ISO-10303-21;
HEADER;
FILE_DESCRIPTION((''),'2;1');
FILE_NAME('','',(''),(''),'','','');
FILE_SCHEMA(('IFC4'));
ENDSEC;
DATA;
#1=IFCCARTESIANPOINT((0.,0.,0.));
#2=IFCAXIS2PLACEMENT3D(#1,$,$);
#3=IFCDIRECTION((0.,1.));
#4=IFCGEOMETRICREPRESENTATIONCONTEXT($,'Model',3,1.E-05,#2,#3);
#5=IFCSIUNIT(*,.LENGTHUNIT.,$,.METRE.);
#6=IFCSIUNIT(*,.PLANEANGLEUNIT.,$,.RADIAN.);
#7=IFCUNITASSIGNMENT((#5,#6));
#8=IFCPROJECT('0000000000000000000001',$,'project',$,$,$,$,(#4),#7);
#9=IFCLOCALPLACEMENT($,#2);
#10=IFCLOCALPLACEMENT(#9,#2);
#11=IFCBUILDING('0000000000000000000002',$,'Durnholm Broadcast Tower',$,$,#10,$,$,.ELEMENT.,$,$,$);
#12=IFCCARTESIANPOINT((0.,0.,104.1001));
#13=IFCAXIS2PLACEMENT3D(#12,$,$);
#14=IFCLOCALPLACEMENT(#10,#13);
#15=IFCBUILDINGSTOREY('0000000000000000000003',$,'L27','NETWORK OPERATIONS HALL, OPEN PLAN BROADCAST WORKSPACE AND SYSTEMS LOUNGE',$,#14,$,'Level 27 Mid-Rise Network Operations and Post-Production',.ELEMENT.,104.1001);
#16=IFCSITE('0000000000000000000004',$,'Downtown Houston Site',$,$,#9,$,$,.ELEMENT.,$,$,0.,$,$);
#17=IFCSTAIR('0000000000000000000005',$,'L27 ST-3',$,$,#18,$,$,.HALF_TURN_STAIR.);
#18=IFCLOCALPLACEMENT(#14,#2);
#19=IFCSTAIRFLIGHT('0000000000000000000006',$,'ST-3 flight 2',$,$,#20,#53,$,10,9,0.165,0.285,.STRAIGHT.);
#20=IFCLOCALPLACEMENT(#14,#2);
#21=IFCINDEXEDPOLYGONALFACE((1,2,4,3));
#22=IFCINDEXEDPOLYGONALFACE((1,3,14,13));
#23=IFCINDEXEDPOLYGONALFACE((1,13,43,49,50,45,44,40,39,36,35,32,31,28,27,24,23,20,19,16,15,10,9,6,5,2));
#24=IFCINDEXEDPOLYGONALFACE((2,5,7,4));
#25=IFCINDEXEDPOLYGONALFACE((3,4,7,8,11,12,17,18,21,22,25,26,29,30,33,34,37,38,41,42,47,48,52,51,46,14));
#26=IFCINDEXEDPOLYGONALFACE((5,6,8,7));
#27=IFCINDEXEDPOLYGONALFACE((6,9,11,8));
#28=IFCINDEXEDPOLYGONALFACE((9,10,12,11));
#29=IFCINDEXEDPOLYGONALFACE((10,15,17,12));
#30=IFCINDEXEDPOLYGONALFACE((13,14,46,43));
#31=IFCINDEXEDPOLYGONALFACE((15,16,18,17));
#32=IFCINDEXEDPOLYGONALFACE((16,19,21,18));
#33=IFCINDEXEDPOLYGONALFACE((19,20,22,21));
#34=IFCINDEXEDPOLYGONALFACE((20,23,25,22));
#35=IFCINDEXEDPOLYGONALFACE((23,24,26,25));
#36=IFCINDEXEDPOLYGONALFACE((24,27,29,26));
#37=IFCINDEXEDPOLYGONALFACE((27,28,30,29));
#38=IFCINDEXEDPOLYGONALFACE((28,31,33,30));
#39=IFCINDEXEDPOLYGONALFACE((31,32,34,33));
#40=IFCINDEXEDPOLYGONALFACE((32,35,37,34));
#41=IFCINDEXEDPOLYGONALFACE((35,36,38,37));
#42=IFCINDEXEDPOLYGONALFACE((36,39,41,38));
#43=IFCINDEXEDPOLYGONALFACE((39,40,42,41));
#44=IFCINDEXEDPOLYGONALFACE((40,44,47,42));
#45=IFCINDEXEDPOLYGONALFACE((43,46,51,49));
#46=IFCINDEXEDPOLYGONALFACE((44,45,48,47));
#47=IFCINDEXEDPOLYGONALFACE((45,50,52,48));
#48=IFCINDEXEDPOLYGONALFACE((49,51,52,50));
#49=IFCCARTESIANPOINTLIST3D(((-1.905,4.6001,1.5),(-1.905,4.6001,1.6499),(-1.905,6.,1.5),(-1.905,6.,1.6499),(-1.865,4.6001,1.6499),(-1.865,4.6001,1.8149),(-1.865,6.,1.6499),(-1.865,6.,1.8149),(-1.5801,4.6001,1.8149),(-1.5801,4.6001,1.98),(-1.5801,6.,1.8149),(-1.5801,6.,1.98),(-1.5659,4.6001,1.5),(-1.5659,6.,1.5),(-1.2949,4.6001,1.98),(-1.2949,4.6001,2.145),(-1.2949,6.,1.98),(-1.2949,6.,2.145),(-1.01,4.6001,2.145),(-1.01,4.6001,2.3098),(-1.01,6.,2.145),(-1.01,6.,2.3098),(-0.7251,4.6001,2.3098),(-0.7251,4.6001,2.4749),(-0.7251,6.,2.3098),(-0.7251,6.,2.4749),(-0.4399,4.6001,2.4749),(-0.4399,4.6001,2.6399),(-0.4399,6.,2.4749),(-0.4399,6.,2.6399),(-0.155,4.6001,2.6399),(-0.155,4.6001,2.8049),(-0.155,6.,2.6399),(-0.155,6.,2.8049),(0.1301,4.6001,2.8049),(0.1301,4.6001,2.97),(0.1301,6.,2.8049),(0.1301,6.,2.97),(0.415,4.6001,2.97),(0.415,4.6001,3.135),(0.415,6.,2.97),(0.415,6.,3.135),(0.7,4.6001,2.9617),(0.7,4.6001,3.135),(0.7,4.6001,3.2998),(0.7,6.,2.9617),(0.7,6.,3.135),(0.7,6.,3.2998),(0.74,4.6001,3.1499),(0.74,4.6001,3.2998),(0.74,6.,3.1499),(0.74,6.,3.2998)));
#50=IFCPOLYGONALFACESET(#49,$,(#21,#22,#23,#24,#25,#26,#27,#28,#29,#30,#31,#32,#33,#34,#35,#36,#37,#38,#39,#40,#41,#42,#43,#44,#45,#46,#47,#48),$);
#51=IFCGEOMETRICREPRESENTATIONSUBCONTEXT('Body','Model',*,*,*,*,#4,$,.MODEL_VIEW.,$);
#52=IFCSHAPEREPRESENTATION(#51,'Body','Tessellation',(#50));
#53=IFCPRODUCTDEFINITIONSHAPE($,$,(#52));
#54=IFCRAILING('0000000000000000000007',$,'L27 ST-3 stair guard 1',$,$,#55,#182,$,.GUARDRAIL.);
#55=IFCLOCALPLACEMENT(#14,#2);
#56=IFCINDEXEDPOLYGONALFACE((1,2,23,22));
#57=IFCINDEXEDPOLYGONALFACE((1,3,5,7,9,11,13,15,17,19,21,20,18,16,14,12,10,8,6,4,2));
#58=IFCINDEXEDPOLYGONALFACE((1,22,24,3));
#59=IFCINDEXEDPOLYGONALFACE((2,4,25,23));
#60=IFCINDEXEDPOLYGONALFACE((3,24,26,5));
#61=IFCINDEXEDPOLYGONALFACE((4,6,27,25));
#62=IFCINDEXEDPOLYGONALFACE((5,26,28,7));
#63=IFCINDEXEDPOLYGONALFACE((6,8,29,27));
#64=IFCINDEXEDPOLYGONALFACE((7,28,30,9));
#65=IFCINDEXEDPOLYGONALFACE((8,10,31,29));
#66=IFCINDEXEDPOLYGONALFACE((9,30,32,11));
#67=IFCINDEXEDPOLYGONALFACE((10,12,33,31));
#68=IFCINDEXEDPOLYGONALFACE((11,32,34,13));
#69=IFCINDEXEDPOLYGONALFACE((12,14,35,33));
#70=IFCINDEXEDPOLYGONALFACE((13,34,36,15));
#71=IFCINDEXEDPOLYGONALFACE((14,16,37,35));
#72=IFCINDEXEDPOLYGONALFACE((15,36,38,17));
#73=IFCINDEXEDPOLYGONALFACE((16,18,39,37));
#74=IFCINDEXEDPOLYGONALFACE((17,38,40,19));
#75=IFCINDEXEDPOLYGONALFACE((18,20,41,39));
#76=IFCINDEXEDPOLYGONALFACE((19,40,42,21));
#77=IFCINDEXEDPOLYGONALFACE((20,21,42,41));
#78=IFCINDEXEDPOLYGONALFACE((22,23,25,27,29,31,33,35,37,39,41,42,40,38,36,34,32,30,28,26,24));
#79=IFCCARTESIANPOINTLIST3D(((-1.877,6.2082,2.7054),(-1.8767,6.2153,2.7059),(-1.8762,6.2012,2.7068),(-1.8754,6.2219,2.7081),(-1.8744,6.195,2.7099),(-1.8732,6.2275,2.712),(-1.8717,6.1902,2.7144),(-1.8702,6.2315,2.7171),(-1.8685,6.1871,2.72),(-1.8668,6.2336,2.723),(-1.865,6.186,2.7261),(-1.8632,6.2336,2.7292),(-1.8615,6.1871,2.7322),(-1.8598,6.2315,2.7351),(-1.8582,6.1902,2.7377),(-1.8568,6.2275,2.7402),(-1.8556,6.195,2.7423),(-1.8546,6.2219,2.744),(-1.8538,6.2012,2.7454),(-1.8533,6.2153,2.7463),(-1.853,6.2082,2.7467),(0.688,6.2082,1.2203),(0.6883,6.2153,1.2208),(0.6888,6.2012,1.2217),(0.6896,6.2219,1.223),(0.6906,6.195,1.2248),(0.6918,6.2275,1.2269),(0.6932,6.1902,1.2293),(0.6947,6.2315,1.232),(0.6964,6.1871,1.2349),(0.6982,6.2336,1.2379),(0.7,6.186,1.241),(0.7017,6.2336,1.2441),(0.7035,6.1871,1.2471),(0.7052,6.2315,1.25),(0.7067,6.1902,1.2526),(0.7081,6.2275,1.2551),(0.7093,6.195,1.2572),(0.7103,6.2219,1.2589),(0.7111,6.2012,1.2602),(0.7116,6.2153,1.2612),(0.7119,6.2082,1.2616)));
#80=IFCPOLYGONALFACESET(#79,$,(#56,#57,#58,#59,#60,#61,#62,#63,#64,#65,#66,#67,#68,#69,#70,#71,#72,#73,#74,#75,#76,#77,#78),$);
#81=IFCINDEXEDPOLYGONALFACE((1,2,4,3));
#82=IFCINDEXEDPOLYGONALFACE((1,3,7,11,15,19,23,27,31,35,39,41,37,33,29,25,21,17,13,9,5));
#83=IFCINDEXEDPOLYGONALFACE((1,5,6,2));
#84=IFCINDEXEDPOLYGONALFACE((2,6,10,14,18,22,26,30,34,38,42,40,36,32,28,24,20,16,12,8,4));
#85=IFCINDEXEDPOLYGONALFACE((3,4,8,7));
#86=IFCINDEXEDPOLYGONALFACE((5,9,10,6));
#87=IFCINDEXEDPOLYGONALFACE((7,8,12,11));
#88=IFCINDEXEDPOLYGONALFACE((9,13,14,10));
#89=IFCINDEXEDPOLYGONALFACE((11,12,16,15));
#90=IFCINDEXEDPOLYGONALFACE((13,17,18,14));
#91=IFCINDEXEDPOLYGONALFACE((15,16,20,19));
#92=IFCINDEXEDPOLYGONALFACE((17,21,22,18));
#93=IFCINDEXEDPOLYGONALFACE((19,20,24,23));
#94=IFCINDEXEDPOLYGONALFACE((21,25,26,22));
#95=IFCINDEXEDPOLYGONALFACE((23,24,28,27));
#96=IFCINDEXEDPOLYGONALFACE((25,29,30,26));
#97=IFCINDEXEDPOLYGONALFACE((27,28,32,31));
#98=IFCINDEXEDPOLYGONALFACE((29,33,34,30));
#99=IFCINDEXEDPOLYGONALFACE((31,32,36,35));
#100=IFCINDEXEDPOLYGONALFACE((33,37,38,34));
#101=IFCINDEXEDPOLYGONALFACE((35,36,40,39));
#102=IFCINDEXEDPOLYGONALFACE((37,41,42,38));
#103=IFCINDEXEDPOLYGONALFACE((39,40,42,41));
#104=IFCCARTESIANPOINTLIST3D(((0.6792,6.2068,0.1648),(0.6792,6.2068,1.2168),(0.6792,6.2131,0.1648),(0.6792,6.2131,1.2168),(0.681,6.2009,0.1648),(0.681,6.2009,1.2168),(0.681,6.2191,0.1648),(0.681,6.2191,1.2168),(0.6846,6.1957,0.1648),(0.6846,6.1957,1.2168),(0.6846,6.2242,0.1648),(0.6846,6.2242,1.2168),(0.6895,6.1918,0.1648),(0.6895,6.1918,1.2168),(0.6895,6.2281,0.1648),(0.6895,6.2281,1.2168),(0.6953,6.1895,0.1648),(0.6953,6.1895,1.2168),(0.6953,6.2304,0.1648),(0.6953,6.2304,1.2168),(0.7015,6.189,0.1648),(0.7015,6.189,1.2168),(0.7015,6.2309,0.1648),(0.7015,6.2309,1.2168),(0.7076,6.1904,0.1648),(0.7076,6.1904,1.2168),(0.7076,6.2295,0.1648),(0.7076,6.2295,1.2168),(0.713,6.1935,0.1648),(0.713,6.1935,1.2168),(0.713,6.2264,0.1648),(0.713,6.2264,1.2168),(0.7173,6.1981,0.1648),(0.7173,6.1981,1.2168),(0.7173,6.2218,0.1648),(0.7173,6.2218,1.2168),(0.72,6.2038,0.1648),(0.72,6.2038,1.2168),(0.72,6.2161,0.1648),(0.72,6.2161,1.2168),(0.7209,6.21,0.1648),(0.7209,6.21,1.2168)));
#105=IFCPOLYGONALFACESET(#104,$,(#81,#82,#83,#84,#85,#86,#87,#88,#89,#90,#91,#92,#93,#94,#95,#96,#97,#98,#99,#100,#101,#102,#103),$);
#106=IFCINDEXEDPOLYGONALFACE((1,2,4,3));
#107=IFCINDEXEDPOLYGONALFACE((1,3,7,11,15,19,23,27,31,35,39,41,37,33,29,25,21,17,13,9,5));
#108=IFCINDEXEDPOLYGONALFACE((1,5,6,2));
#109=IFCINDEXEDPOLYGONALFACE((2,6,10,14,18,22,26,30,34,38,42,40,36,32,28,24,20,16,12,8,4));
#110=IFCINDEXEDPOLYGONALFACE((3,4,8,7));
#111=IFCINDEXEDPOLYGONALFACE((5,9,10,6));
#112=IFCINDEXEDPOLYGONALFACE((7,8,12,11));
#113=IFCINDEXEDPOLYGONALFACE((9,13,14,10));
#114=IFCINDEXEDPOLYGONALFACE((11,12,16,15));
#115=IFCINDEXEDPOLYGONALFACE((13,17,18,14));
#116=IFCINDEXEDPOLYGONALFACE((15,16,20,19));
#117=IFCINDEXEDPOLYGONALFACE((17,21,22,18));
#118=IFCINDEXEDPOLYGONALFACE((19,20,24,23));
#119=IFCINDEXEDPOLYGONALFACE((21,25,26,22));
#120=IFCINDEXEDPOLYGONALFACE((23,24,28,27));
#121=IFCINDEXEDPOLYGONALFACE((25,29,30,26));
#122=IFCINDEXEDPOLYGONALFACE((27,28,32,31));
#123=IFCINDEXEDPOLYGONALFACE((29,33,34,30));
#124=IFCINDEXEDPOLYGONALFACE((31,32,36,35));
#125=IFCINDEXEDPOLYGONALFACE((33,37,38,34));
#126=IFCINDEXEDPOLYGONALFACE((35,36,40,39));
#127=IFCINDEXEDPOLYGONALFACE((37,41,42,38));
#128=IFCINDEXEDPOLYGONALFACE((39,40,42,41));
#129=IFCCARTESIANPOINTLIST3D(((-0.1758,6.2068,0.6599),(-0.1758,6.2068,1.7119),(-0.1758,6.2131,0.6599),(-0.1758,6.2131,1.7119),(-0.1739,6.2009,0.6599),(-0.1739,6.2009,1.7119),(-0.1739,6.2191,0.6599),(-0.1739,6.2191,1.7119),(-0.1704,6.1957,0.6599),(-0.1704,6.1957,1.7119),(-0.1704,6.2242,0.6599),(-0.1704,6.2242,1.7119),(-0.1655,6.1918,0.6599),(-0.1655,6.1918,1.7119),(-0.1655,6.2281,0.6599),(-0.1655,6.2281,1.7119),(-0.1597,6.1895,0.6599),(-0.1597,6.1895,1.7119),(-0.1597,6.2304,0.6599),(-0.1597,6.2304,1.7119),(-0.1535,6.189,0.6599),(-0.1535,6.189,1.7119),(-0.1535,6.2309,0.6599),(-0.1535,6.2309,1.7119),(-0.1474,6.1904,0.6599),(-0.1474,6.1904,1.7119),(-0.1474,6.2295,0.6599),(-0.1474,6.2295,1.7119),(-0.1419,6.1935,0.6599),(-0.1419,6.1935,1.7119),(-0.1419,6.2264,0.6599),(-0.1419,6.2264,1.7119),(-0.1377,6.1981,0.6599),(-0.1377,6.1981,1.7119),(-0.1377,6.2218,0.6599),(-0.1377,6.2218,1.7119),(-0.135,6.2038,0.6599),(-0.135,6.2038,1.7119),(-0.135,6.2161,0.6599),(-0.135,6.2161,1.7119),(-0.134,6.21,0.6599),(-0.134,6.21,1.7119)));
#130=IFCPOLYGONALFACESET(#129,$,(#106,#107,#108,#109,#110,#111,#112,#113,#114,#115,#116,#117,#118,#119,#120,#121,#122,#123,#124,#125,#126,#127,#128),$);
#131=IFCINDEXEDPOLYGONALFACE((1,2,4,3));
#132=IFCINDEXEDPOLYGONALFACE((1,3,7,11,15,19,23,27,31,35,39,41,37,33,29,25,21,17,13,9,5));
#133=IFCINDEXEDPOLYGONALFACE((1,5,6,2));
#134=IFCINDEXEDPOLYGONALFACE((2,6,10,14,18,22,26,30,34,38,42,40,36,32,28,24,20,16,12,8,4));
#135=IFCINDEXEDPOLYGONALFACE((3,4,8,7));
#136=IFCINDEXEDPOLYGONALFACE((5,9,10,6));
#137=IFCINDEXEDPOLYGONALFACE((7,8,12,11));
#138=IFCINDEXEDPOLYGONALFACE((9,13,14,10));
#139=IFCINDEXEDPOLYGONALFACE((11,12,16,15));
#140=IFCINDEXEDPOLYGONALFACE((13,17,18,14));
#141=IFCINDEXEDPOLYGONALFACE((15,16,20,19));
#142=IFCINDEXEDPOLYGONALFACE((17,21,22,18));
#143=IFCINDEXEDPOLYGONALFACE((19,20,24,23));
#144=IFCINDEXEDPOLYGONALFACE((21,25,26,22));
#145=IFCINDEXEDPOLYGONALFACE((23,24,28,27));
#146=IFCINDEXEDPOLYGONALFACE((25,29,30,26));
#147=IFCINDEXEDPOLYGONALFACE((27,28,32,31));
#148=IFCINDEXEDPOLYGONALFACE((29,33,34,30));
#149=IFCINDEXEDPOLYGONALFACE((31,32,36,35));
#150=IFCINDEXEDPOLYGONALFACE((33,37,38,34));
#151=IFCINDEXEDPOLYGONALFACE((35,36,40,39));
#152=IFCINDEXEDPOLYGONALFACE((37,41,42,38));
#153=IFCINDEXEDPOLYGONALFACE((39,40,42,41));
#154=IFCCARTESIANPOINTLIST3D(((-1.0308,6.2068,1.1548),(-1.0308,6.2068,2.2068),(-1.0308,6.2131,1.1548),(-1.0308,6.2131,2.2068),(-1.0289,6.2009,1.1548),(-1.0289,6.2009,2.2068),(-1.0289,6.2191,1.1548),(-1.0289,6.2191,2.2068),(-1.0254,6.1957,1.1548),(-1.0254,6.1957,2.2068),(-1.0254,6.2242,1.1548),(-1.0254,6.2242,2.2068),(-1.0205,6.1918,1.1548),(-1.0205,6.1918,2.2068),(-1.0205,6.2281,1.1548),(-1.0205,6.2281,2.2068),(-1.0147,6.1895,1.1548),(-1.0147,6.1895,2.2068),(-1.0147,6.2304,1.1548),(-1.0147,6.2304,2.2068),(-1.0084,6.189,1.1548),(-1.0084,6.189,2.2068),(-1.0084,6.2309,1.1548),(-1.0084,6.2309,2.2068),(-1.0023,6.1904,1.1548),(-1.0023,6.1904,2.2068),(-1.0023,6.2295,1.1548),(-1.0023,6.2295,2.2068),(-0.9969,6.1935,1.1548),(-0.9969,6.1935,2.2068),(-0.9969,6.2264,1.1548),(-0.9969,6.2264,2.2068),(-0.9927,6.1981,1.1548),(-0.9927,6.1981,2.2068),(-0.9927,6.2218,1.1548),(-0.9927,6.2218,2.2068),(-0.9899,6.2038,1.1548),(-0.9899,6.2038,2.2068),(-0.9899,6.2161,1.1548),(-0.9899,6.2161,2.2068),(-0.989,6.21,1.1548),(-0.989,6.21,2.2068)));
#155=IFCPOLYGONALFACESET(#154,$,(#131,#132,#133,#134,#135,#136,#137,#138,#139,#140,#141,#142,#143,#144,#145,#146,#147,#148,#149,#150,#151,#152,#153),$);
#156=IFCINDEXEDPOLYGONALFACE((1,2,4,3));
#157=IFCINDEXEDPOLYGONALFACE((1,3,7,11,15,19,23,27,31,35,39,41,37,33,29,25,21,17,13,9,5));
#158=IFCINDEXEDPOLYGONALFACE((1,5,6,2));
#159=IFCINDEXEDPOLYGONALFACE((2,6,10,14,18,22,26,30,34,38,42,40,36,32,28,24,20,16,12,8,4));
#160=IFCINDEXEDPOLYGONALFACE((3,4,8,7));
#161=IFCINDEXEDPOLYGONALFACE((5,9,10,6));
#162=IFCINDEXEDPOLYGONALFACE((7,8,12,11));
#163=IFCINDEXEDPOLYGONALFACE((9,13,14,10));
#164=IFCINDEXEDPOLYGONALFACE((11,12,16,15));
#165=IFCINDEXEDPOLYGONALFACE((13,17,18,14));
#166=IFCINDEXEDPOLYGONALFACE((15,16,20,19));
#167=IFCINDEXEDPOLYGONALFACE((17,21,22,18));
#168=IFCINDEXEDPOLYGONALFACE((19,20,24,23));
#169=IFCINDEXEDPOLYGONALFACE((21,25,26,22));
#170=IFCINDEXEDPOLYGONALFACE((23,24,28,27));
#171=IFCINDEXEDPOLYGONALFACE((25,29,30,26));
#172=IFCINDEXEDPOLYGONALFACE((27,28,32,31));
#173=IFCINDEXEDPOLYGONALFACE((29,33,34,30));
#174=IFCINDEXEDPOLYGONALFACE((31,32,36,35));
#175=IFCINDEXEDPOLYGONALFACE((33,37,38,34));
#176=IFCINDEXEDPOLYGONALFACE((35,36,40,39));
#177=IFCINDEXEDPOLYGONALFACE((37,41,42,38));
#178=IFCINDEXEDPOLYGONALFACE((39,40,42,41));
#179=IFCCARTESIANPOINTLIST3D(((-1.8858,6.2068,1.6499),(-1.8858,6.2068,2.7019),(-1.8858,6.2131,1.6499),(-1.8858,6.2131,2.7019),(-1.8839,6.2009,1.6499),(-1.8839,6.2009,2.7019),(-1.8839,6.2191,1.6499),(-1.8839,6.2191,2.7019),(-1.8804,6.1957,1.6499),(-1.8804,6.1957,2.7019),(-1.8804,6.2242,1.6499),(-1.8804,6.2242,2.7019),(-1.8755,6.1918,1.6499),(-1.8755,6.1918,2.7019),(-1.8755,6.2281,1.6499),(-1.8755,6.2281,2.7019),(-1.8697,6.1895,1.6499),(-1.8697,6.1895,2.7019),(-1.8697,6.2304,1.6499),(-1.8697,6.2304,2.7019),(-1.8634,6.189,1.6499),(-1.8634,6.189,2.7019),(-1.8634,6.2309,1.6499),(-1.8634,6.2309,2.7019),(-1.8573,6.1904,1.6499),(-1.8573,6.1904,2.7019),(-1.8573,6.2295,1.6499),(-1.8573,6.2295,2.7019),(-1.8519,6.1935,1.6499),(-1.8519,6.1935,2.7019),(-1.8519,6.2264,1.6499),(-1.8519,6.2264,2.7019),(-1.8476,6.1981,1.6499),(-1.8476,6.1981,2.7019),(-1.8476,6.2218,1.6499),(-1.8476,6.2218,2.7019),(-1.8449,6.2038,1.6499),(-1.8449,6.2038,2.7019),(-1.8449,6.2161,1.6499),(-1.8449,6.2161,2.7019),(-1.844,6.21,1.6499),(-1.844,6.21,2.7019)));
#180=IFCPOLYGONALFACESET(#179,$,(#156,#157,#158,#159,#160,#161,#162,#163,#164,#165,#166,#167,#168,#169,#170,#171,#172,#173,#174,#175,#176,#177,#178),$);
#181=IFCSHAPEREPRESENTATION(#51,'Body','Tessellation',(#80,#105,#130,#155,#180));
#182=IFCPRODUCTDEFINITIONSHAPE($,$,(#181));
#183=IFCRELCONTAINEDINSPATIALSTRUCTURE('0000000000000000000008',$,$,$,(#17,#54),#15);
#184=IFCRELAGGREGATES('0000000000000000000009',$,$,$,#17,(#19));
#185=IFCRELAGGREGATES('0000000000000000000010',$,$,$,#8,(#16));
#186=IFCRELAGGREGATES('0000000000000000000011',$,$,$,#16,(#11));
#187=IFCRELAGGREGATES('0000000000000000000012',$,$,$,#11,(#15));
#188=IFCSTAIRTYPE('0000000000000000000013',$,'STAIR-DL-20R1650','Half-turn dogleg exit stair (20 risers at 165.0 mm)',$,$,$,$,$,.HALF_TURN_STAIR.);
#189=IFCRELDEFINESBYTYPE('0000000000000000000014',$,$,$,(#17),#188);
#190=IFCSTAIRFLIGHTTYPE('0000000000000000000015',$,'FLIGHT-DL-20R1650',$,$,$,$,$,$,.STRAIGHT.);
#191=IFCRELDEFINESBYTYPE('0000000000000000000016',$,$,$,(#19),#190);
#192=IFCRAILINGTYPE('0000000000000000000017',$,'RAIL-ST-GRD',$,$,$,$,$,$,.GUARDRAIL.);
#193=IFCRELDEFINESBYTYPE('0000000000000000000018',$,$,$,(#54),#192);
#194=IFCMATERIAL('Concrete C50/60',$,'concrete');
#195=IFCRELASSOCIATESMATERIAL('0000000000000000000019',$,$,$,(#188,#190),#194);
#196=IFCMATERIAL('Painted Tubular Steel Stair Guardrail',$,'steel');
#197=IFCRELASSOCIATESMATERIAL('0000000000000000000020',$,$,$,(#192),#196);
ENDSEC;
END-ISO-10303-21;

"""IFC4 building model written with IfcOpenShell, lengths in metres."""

from ifc_helpers import new_model, si_unit, direction, frame, origin, origin_2d, place, context, subcontext, project, spatial, polyline, circle, outline, extrude, material, type_object, element, aggregate, save


model = new_model("IFC4")

# Units and contexts
model_context = context("Model", 3, precision=1e-05, world=origin(), true_north=direction((0.0, 1.0)))
body_context = subcontext(model_context, "Body", "Model", "MODEL_VIEW")
ifc_project = project(units=[si_unit("LENGTHUNIT", "METRE"), si_unit("PLANEANGLEUNIT", "RADIAN")], contexts=[model_context])

# Site, building, storey
site_placement = place(None, origin())
site = spatial("IfcSite", under=ifc_project, at=site_placement, Name="Downtown Houston Site", CompositionType="ELEMENT", RefElevation=0.0)
building_placement = place(site_placement, origin())
building = spatial("IfcBuilding", under=site, at=building_placement, Name="Durnholm Broadcast Tower", CompositionType="ELEMENT")
storey_placement = place(building_placement, frame((0.0, 0.0, 104.1001)))
storey = spatial("IfcBuildingStorey", under=building, at=storey_placement, Name="L27", Description="NETWORK OPERATIONS HALL, OPEN PLAN BROADCAST WORKSPACE AND SYSTEMS LOUNGE", LongName="Level 27 Mid-Rise Network Operations and Post-Production", CompositionType="ELEMENT", Elevation=104.1001)

# Shared definitions
ifc_material_1 = material(Name="Concrete C50/60", Category="concrete")

# Stair, stair flight
stair_type = type_object("IfcStairType", Name="STAIR-DL-20R1650", Description="Half-turn dogleg exit stair (20 risers at 165.0 mm)", PredefinedType="HALF_TURN_STAIR", material=ifc_material_1)
stair_placement = place(storey_placement, origin())
stair = element("IfcStair", 1, at=stair_placement, inside=storey, type_object=stair_type, Name="L27 ST-3", PredefinedType="HALF_TURN_STAIR")
stair_flight_type = type_object("IfcStairFlightType", Name="FLIGHT-DL-20R1650", PredefinedType="STRAIGHT", material=ifc_material_1)
stair_flight_1_placement = place(storey_placement, frame((-1.865, 5.3, 1.6499), z_axis=(0.0, 0.0, 1.0), x_axis=(1.0, 0.0, 0.0)))
stair_flight_1 = element("IfcStairFlight", 2, at=stair_flight_1_placement, type_object=stair_flight_type, Name="ST-3 flight 2", NumberOfRisers=10, NumberOfTreads=9, PredefinedType="STRAIGHT", RiserHeight=0.165, TreadLength=0.285, context=body_context, shape_type="SweptSolid", body=[
    extrude(outline(polyline([(-0.04, -0.1499), (-0.04, 0.0), (0.0, 0.0), (0.0, 0.165), (0.2849, 0.165), (0.2849, 0.3301), (0.5701, 0.3301), (0.5701, 0.4951), (0.855, 0.4951), (0.855, 0.6599), (1.1399, 0.6599), (1.1399, 0.825), (1.425, 0.825), (1.425, 0.99), (1.71, 0.99), (1.71, 1.155), (1.9951, 1.155), (1.9951, 1.3201), (2.28, 1.3201), (2.28, 1.4851), (2.5649, 1.4851), (2.5649, 1.6499), (2.605, 1.6499), (2.605, 1.5), (2.5649, 1.3118), (0.2991, -0.1499), (-0.04, -0.1499)])), frame((0.0, 0.7, 0.0), z_axis=(0.0, -1.0, 0.0), x_axis=(1.0, 0.0, 0.0)), (0.0, 0.0, 1.0), 1.3999),
])
aggregate(stair, [stair_flight_1])

# Railing
ifc_material_2 = material(Name="Painted Tubular Steel Stair Guardrail", Category="steel")
railing_type_1 = type_object("IfcRailingType", Name="RAIL-ST-GRD", PredefinedType="GUARDRAIL", material=ifc_material_2)
railing_1_placement = place(storey_placement, frame((0.7, 6.21, 0.1648)))
element("IfcRailing", 3, at=railing_1_placement, inside=storey, type_object=railing_type_1, Name="L27 ST-3 stair guard 1", PredefinedType="GUARDRAIL", context=body_context, shape_type="SweptSolid", body=[
    extrude(circle(Radius=0.0239, at=origin_2d()), frame((0.0, 0.0, 1.0762), z_axis=(-0.865406, 0.0, 0.501072), x_axis=(0.0, -1.0, 0.0)), (0.0, 0.0, 1.0), 2.9639),
    extrude(circle(Radius=0.021, at=origin_2d()), origin(), (0.0, 0.0, 1.0), 1.052),
    extrude(circle(Radius=0.021, at=origin_2d()), frame((-0.855, 0.0, 0.4951)), (0.0, 0.0, 1.0), 1.052),
    extrude(circle(Radius=0.021, at=origin_2d()), frame((-1.71, 0.0, 0.99)), (0.0, 0.0, 1.0), 1.052),
    extrude(circle(Radius=0.021, at=origin_2d()), frame((-2.5649, 0.0, 1.4851)), (0.0, 0.0, 1.0), 1.052),
])

save(model, "model.ifc")
